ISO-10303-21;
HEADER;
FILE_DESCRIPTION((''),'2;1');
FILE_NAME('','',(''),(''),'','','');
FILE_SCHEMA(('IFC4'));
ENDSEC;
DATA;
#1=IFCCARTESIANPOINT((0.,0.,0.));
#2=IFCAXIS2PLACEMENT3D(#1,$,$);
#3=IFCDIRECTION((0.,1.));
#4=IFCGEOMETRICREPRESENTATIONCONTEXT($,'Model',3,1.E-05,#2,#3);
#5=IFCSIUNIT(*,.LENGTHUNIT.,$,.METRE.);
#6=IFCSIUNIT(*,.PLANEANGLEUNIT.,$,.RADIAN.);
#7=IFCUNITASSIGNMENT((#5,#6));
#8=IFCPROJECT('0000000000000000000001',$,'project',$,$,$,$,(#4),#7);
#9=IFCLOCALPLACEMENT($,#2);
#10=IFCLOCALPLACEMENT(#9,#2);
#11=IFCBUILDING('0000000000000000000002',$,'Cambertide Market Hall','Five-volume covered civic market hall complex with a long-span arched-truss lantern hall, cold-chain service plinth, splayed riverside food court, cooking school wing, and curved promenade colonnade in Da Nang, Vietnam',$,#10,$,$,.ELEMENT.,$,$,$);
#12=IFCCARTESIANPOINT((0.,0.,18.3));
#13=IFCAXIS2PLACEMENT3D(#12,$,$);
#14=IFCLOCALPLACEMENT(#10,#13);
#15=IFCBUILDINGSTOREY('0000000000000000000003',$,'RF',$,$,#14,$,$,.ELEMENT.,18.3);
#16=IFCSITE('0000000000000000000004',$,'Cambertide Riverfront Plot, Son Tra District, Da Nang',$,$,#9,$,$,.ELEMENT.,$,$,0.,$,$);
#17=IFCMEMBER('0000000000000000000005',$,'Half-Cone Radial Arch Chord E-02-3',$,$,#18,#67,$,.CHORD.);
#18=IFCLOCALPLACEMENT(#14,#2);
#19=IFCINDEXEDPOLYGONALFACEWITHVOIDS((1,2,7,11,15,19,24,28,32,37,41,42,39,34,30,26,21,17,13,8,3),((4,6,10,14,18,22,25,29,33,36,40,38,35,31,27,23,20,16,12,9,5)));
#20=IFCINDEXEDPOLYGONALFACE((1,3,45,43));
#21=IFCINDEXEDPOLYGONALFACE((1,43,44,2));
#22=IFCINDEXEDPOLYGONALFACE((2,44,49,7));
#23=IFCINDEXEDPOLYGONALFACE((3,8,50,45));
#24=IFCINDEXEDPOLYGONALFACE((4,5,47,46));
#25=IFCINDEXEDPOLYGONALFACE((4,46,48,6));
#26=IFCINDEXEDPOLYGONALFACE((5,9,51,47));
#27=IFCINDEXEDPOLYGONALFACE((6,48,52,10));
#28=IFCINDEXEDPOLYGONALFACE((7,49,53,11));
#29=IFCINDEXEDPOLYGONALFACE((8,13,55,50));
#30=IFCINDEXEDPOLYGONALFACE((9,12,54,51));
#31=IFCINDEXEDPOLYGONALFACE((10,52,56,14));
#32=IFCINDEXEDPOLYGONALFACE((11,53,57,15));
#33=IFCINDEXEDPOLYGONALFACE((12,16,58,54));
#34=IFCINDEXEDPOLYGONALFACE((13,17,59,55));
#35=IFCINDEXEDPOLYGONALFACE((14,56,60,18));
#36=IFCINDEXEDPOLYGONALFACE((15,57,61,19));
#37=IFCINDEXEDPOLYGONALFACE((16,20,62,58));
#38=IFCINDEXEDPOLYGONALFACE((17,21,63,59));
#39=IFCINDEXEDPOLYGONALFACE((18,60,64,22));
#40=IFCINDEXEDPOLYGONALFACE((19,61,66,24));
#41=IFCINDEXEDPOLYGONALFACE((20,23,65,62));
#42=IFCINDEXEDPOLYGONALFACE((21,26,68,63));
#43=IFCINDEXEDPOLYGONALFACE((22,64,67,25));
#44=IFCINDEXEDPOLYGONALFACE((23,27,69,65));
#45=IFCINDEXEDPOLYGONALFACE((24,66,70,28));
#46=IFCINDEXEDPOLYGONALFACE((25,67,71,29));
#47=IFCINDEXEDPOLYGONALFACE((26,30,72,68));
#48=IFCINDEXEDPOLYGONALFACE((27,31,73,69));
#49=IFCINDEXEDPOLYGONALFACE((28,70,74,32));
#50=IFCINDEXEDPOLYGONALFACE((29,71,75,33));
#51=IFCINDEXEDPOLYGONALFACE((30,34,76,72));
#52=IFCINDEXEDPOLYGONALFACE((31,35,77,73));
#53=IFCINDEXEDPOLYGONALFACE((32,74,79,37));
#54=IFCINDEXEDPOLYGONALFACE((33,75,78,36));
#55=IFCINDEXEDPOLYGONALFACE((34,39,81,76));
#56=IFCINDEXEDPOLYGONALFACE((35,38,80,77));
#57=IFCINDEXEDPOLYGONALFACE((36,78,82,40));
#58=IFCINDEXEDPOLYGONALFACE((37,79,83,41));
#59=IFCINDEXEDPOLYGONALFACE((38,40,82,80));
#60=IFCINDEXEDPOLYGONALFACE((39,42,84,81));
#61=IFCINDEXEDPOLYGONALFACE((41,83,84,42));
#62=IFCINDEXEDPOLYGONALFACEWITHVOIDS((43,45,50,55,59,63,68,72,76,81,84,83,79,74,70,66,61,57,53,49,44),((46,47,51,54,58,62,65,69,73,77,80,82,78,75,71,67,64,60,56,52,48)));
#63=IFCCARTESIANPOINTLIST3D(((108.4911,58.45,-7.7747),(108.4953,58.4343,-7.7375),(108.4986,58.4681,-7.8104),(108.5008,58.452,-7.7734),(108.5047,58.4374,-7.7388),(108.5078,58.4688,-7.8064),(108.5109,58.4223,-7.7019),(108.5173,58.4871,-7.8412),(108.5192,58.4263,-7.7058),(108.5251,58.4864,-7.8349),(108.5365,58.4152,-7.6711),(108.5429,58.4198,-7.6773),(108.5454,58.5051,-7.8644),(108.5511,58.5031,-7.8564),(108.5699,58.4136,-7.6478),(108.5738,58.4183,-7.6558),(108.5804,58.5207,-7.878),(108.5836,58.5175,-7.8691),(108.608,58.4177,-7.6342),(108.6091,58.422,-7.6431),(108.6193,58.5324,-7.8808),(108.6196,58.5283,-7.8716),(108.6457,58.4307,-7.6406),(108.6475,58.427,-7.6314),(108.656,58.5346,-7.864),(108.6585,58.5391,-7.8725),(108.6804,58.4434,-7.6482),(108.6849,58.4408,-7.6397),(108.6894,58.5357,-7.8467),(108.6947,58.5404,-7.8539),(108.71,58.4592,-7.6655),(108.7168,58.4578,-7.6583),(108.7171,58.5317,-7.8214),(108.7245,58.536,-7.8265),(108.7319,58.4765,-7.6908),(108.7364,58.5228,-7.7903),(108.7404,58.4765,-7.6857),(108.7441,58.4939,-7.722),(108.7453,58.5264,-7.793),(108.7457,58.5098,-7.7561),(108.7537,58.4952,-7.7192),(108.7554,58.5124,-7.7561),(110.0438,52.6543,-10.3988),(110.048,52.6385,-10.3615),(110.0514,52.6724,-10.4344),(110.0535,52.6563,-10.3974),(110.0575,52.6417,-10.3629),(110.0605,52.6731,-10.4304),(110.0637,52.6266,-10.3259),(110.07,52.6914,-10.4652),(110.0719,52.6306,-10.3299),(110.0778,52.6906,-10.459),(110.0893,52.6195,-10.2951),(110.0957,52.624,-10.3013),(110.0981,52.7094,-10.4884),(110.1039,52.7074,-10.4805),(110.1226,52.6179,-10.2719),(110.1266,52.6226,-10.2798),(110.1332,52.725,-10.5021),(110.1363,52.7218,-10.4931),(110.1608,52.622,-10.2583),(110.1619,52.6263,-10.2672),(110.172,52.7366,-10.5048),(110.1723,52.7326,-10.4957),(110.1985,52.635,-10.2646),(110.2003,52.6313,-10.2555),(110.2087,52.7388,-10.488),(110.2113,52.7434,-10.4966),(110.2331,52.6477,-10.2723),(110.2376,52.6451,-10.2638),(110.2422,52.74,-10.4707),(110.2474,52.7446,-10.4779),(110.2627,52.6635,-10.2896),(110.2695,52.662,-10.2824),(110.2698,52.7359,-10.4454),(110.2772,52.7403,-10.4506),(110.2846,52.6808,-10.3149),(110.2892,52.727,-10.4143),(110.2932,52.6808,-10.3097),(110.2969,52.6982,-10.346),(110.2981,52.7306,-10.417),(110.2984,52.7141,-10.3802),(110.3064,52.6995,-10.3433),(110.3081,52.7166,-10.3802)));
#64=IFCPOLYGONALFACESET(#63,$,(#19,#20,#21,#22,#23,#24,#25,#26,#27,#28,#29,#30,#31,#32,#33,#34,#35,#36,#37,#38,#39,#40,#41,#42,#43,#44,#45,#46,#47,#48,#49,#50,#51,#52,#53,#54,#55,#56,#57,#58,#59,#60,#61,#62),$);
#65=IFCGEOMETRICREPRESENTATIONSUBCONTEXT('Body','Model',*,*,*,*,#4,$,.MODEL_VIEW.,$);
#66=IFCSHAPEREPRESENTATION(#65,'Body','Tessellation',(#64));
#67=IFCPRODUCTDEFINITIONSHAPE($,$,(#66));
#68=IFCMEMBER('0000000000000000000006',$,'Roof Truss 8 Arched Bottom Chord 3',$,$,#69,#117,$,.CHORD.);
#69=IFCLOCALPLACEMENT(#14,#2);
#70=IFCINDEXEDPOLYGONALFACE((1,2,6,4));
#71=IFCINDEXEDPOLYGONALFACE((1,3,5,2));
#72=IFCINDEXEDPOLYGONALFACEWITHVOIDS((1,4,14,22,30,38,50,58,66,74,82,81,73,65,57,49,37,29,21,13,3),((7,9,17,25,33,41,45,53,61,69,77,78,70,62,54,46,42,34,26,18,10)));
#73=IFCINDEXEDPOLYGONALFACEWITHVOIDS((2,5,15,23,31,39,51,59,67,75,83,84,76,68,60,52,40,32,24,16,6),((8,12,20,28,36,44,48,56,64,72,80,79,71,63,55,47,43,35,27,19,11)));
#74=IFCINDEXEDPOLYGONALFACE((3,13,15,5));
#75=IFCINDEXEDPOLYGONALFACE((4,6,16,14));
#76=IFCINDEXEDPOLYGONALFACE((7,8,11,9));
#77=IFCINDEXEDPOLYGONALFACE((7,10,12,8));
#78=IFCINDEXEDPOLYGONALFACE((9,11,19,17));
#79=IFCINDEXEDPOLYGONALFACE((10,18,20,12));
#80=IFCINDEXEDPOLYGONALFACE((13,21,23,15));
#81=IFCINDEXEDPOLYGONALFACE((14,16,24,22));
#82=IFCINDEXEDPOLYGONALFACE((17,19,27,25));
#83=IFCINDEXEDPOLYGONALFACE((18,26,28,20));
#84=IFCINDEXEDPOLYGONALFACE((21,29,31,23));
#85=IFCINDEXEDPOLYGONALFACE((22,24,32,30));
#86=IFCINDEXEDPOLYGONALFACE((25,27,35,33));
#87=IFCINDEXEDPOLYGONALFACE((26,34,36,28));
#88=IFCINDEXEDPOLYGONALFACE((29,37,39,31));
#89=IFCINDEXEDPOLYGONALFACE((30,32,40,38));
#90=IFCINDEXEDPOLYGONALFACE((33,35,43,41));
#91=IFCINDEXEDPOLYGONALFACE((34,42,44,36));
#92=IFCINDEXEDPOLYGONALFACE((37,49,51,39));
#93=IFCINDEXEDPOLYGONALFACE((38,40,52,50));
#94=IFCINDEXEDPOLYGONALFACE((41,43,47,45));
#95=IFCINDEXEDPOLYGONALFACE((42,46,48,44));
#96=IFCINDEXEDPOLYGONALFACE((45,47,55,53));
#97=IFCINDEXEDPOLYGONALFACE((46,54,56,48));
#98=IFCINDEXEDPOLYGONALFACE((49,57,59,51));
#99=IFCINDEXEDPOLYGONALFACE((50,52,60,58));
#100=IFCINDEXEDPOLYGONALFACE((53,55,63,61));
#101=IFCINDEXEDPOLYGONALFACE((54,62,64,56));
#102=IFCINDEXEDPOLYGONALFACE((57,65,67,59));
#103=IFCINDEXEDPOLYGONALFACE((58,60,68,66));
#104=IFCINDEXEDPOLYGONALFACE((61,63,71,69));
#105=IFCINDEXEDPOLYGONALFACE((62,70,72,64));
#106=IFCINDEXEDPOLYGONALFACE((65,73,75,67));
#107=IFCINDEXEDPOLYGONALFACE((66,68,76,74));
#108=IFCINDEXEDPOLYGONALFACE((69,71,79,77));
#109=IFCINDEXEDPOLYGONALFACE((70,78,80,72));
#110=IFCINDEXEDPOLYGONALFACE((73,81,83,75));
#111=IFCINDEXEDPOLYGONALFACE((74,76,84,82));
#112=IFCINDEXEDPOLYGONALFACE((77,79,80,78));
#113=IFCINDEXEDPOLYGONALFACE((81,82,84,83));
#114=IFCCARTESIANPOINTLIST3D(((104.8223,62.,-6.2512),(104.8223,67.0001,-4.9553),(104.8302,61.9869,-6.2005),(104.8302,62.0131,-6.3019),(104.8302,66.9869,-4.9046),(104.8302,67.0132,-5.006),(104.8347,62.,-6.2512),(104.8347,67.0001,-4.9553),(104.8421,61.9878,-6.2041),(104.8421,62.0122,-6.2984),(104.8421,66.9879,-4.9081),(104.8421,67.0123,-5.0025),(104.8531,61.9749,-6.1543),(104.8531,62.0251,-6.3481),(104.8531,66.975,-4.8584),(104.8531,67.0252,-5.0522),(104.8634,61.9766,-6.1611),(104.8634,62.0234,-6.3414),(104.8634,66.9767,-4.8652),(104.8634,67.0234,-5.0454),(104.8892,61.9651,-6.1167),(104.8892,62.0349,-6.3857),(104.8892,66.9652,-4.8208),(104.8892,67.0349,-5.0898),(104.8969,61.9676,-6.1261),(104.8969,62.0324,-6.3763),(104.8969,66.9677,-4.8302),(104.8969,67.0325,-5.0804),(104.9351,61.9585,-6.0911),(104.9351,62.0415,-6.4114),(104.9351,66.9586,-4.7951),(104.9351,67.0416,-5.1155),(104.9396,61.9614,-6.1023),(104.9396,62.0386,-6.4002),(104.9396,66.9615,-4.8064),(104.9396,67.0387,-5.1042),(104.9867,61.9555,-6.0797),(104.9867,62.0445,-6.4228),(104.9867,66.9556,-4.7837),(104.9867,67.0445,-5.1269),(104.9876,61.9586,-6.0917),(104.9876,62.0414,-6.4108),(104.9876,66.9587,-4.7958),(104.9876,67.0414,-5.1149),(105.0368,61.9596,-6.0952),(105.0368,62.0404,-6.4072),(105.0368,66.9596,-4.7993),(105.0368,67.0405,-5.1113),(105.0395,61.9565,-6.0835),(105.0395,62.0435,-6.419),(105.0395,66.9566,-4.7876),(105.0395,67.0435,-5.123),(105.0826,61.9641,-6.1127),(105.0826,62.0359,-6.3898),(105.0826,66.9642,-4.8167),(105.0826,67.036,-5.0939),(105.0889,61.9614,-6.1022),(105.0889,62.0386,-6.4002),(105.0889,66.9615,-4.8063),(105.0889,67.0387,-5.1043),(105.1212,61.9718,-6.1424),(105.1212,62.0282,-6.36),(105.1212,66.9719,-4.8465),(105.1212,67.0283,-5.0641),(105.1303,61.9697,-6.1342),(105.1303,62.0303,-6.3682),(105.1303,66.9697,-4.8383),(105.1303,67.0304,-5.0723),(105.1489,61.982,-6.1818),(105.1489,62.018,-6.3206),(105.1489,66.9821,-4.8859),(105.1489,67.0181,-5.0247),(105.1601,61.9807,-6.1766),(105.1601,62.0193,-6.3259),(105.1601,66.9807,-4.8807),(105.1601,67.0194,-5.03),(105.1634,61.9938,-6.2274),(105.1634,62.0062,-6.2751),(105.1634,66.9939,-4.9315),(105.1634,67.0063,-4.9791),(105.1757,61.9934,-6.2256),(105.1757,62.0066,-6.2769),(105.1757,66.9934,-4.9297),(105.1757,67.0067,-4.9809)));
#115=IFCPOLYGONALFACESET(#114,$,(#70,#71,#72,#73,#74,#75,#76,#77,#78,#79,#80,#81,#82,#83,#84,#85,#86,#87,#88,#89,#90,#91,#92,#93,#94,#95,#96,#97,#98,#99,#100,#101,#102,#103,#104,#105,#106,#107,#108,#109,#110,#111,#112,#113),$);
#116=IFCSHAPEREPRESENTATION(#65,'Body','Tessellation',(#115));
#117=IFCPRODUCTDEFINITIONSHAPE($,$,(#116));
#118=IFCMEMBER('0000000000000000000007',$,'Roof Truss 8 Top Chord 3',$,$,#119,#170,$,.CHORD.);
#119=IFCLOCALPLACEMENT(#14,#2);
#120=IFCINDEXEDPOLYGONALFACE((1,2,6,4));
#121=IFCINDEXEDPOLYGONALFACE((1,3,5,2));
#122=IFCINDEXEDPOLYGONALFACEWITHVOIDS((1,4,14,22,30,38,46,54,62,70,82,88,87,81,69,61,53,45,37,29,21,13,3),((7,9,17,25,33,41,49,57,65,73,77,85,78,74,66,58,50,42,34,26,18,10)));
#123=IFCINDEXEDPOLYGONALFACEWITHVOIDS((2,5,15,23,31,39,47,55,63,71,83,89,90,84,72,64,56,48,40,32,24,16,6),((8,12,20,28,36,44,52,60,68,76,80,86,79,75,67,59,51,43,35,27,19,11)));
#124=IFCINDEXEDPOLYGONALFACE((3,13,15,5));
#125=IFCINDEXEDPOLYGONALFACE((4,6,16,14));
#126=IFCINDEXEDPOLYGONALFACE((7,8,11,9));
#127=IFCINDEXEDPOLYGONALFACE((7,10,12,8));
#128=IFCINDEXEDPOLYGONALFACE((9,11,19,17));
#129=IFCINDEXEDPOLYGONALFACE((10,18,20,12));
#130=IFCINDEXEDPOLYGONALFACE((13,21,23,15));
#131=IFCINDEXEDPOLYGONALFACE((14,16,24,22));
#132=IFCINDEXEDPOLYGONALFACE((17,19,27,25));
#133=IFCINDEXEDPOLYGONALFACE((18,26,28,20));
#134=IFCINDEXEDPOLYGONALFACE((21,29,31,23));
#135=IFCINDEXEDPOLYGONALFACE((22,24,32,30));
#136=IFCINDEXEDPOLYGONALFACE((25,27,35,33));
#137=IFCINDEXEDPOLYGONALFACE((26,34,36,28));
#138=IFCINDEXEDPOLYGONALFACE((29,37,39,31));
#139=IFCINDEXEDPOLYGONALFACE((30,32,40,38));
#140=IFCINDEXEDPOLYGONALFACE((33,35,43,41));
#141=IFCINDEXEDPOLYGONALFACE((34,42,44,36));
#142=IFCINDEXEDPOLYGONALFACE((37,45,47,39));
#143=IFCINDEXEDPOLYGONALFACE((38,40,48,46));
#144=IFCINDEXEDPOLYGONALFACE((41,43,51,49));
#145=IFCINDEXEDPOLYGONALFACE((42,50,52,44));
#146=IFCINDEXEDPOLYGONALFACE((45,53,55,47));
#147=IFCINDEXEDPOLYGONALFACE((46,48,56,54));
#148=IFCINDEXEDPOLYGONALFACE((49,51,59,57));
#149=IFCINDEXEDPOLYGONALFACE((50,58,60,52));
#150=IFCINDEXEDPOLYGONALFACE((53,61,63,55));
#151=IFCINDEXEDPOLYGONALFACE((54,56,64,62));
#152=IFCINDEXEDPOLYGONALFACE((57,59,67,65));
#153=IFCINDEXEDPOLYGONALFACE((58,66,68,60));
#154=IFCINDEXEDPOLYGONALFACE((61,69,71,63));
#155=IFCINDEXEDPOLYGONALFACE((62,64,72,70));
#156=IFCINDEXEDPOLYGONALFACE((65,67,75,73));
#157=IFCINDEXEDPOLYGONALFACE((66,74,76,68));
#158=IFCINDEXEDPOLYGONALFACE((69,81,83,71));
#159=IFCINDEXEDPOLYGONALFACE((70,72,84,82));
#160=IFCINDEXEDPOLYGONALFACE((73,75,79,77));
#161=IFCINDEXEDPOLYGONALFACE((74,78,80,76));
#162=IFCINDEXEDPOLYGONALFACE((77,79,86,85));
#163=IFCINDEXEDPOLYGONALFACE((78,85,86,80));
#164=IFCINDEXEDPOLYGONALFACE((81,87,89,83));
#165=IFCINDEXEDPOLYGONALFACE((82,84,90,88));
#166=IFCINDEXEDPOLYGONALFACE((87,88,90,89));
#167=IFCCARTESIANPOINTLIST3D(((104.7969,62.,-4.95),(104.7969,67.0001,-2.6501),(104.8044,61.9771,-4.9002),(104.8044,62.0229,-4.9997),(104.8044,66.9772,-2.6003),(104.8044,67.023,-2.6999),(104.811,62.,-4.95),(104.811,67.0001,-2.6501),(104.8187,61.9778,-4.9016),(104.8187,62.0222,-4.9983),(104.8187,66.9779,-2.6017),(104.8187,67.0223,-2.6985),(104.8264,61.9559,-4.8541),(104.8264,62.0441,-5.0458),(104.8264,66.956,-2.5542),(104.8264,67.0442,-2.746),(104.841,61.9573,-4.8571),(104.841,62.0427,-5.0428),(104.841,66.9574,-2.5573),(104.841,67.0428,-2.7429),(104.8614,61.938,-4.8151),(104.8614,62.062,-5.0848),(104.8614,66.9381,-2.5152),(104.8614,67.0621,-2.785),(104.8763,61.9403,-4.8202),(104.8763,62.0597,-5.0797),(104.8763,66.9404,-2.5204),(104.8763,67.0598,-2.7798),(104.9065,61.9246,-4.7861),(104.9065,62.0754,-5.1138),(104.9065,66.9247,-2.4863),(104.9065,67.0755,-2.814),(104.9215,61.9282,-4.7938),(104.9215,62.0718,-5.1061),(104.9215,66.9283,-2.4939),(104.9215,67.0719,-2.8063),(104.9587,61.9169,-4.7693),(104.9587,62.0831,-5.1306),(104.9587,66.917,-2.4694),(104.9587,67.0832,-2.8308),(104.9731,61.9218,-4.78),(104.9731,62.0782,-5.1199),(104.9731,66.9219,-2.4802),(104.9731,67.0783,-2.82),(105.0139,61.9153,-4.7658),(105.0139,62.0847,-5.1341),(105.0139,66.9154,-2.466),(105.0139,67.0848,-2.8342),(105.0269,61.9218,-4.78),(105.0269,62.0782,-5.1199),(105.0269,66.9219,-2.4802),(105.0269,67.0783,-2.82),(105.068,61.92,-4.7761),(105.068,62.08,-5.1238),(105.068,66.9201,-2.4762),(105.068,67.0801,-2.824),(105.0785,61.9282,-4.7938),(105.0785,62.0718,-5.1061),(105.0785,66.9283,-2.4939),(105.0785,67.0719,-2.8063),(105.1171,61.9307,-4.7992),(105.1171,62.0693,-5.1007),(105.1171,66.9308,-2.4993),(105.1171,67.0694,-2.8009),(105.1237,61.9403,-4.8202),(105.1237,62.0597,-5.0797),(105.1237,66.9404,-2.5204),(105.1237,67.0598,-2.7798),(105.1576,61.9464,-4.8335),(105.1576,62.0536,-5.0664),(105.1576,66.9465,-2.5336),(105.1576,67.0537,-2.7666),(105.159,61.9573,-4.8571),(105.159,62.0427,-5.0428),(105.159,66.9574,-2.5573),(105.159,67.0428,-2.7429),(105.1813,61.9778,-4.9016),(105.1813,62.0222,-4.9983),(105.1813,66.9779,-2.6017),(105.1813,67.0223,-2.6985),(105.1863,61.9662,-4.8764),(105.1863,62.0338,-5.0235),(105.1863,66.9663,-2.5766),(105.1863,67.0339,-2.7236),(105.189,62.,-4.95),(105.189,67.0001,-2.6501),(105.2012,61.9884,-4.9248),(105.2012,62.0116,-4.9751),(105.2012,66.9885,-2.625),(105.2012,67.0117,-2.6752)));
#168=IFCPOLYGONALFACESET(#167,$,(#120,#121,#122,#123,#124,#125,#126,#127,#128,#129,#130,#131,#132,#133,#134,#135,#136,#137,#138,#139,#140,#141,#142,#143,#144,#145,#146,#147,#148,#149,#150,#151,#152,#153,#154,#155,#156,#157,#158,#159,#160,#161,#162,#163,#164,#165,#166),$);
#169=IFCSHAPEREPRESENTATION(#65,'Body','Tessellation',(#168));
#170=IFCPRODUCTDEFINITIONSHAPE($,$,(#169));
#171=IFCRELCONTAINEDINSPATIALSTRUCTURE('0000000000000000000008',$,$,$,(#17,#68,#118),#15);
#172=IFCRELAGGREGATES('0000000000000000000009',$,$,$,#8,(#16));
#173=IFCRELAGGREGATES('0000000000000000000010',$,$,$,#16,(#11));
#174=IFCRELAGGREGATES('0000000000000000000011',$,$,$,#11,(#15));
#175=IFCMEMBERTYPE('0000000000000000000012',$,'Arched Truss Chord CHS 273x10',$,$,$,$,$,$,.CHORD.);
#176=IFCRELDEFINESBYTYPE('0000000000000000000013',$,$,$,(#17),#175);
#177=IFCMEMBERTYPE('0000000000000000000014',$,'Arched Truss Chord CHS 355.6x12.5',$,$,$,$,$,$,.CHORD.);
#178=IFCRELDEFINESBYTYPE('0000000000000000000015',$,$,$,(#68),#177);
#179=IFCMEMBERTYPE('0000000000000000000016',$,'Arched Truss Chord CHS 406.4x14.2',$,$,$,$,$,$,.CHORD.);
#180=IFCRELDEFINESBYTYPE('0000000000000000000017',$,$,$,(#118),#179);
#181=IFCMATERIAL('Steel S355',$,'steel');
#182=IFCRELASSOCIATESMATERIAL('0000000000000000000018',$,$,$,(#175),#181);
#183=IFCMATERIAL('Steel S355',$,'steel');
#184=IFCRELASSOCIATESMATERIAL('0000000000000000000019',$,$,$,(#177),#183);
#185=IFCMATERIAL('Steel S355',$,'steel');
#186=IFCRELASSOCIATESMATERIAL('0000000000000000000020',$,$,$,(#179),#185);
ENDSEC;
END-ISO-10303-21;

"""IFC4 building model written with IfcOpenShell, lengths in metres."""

from ifc_helpers import new_model, si_unit, direction, frame, origin, origin_2d, place, context, subcontext, project, spatial, hollow_circle, extrude, material, material_profile, profile_set, type_object, element, save


model = new_model("IFC4")

# Units and contexts
model_context = context("Model", 3, precision=1e-05, world=origin(), true_north=direction((0.0, 1.0)))
body_context = subcontext(model_context, "Body", "Model", "MODEL_VIEW")
ifc_project = project(units=[si_unit("LENGTHUNIT", "METRE"), si_unit("PLANEANGLEUNIT", "RADIAN")], contexts=[model_context])

# Site, building, storey
site_placement = place(None, origin())
site = spatial("IfcSite", under=ifc_project, at=site_placement, Name="Cambertide Riverfront Plot, Son Tra District, Da Nang", CompositionType="ELEMENT", RefElevation=0.0)
building_placement = place(site_placement, origin())
building = spatial("IfcBuilding", under=site, at=building_placement, Name="Cambertide Market Hall", Description="Five-volume covered civic market hall complex with a long-span arched-truss lantern hall, cold-chain service plinth, splayed riverside food court, cooking school wing, and curved promenade colonnade in Da Nang, Vietnam", CompositionType="ELEMENT")
storey_placement = place(building_placement, frame((0.0, 0.0, 18.3)))
storey = spatial("IfcBuildingStorey", under=building, at=storey_placement, Name="RF", CompositionType="ELEMENT", Elevation=18.3)

# Members
ifc_material_1 = material(Name="Steel S355", Category="steel")
ifc_material_profile_1 = material_profile(ifc_material_1, hollow_circle(Radius=0.1365, WallThickness=0.01, at=origin_2d()), Name="CHS 273x10")
ifc_profile_set_1 = profile_set([ifc_material_profile_1], Name="Steel S355")
member_type_1 = type_object("IfcMemberType", Name="Arched Truss Chord CHS 273x10", PredefinedType="CHORD", material=ifc_profile_set_1)
member_1_placement = place(storey_placement, frame((108.6235, 58.4771, -7.7561), z_axis=(0.237104, -0.885002, -0.400691), x_axis=(0.965934, 0.258787, 0.0)))
element("IfcMember", 1, at=member_1_placement, inside=storey, type_object=member_type_1, Name="Half-Cone Radial Arch Chord E-02-3", PredefinedType="CHORD", context=body_context, shape_type="SweptSolid", body=[
    extrude(hollow_circle(Radius=0.1365, WallThickness=0.01, at=origin_2d()), origin(), (0.0, 0.0, 1.0), 6.5488),
])
ifc_material_2 = material(Name="Steel S355", Category="steel")
ifc_material_profile_2 = material_profile(ifc_material_2, hollow_circle(Radius=0.1777, WallThickness=0.0125, at=origin_2d()), Name="CHS 355.6x12.5")
ifc_profile_set_2 = profile_set([ifc_material_profile_2], Name="Steel S355")
member_type_2 = type_object("IfcMemberType", Name="Arched Truss Chord CHS 355.6x12.5", PredefinedType="CHORD", material=ifc_profile_set_2)
member_2_placement = place(storey_placement, frame((105.0, 62.0, -6.2512), z_axis=(0.0, 0.968016, 0.25089), x_axis=(-1.0, 0.0, 0.0)))
element("IfcMember", 2, at=member_2_placement, inside=storey, type_object=member_type_2, Name="Roof Truss 8 Arched Bottom Chord 3", PredefinedType="CHORD", context=body_context, shape_type="SweptSolid", body=[
    extrude(hollow_circle(Radius=0.1777, WallThickness=0.0125, at=origin_2d()), origin(), (0.0, 0.0, 1.0), 5.1653),
])
ifc_material_3 = material(Name="Steel S355", Category="steel")
ifc_material_profile_3 = material_profile(ifc_material_3, hollow_circle(Radius=0.2031, WallThickness=0.0142, at=origin_2d()), Name="CHS 406.4x14.2")
ifc_profile_set_3 = profile_set([ifc_material_profile_3], Name="Steel S355")
member_type_3 = type_object("IfcMemberType", Name="Arched Truss Chord CHS 406.4x14.2", PredefinedType="CHORD", material=ifc_profile_set_3)
member_3_placement = place(storey_placement, frame((105.0, 62.0, -4.95), z_axis=(0.0, 0.908504, 0.417876), x_axis=(-1.0, 0.0, 0.0)))
element("IfcMember", 3, at=member_3_placement, inside=storey, type_object=member_type_3, Name="Roof Truss 8 Top Chord 3", PredefinedType="CHORD", context=body_context, shape_type="SweptSolid", body=[
    extrude(hollow_circle(Radius=0.2031, WallThickness=0.0142, at=origin_2d()), origin(), (0.0, 0.0, 1.0), 5.5037),
])

save(model, "model.ifc")
